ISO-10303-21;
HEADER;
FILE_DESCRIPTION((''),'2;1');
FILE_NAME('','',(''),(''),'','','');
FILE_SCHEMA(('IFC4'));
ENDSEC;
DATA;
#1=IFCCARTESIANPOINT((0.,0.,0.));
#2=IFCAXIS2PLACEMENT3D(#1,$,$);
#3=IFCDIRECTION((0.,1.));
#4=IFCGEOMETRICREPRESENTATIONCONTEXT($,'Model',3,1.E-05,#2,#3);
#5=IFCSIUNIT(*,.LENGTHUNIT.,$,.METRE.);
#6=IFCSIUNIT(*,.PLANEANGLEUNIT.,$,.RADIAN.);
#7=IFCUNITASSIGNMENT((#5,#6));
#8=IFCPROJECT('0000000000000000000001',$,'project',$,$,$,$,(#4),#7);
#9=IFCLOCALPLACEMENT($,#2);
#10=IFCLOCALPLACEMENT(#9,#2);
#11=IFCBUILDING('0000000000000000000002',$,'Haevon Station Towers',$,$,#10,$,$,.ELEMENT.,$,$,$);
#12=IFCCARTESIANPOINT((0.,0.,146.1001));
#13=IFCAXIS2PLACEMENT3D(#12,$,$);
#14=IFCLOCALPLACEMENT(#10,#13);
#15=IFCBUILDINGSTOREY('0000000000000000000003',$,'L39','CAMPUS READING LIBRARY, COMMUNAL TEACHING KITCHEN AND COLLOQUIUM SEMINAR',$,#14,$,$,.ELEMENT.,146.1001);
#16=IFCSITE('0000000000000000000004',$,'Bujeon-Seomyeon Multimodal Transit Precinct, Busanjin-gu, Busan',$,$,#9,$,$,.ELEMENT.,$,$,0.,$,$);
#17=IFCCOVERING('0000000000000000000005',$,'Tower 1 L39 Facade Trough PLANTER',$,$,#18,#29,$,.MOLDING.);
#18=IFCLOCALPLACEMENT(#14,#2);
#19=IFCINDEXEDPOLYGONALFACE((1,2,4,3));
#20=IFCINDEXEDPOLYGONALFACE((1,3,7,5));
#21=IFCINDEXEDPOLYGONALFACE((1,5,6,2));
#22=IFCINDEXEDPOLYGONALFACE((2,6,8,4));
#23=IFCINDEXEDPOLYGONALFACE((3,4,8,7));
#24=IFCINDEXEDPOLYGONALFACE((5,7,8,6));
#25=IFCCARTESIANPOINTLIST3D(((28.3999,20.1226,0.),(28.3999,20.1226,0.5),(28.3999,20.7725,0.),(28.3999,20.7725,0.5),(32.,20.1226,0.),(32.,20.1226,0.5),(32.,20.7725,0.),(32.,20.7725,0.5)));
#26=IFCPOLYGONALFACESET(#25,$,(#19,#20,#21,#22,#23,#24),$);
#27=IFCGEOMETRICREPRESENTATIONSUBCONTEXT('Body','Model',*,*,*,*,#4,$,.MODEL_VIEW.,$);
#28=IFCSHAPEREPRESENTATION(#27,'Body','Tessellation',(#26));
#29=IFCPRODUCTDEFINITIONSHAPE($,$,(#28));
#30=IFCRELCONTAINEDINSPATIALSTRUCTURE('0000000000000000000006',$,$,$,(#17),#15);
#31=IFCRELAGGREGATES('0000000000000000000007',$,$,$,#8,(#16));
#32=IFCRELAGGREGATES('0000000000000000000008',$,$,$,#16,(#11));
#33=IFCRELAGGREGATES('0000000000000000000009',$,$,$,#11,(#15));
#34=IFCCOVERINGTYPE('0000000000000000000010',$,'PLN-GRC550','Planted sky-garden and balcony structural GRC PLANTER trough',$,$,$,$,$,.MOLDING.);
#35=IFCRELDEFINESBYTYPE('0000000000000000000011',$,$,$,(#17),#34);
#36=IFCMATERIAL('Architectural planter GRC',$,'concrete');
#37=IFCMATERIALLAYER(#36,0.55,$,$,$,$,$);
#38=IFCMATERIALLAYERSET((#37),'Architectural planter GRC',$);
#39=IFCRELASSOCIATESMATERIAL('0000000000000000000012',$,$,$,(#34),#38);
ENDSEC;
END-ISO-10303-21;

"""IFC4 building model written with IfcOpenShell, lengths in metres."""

from ifc_helpers import new_model, si_unit, direction, frame, origin, origin_2d, place, context, subcontext, project, spatial, rectangle, extrude, material, layer, layer_set, type_object, element, save


model = new_model("IFC4")

# Units and contexts
model_context = context("Model", 3, precision=1e-05, world=origin(), true_north=direction((0.0, 1.0)))
body_context = subcontext(model_context, "Body", "Model", "MODEL_VIEW")
ifc_project = project(units=[si_unit("LENGTHUNIT", "METRE"), si_unit("PLANEANGLEUNIT", "RADIAN")], contexts=[model_context])

# Site, building, storey
site_placement = place(None, origin())
site = spatial("IfcSite", under=ifc_project, at=site_placement, Name="Bujeon-Seomyeon Multimodal Transit Precinct, Busanjin-gu, Busan", CompositionType="ELEMENT", RefElevation=0.0)
building_placement = place(site_placement, origin())
building = spatial("IfcBuilding", under=site, at=building_placement, Name="Haevon Station Towers", CompositionType="ELEMENT")
storey_placement = place(building_placement, frame((0.0, 0.0, 146.1001)))
storey = spatial("IfcBuildingStorey", under=building, at=storey_placement, Name="L39", Description="CAMPUS READING LIBRARY, COMMUNAL TEACHING KITCHEN AND COLLOQUIUM SEMINAR", CompositionType="ELEMENT", Elevation=146.1001)

# Covering
ifc_material_1 = material(Name="Architectural planter GRC", Category="concrete")
ifc_layer_1 = layer(ifc_material_1, 0.55)
ifc_layer_set_1 = layer_set([ifc_layer_1], Name="Architectural planter GRC")
covering_type_1 = type_object("IfcCoveringType", Name="PLN-GRC550", Description="Planted sky-garden and balcony structural GRC PLANTER trough", PredefinedType="MOLDING", material=ifc_layer_set_1)
covering_1_placement = place(storey_placement, frame((30.2, 20.4475, 0.0), z_axis=(0.0, 0.0, 1.0), x_axis=(1.0, 0.0, 0.0)))
element("IfcCovering", 1, at=covering_1_placement, inside=storey, type_object=covering_type_1, Name="Tower 1 L39 Facade Trough PLANTER", PredefinedType="MOLDING", context=body_context, shape_type="SweptSolid", body=[
    extrude(rectangle(XDim=3.6001, YDim=0.6499, at=origin_2d()), origin(), (0.0, 0.0, 1.0), 0.5),
])

save(model, "model.ifc")
